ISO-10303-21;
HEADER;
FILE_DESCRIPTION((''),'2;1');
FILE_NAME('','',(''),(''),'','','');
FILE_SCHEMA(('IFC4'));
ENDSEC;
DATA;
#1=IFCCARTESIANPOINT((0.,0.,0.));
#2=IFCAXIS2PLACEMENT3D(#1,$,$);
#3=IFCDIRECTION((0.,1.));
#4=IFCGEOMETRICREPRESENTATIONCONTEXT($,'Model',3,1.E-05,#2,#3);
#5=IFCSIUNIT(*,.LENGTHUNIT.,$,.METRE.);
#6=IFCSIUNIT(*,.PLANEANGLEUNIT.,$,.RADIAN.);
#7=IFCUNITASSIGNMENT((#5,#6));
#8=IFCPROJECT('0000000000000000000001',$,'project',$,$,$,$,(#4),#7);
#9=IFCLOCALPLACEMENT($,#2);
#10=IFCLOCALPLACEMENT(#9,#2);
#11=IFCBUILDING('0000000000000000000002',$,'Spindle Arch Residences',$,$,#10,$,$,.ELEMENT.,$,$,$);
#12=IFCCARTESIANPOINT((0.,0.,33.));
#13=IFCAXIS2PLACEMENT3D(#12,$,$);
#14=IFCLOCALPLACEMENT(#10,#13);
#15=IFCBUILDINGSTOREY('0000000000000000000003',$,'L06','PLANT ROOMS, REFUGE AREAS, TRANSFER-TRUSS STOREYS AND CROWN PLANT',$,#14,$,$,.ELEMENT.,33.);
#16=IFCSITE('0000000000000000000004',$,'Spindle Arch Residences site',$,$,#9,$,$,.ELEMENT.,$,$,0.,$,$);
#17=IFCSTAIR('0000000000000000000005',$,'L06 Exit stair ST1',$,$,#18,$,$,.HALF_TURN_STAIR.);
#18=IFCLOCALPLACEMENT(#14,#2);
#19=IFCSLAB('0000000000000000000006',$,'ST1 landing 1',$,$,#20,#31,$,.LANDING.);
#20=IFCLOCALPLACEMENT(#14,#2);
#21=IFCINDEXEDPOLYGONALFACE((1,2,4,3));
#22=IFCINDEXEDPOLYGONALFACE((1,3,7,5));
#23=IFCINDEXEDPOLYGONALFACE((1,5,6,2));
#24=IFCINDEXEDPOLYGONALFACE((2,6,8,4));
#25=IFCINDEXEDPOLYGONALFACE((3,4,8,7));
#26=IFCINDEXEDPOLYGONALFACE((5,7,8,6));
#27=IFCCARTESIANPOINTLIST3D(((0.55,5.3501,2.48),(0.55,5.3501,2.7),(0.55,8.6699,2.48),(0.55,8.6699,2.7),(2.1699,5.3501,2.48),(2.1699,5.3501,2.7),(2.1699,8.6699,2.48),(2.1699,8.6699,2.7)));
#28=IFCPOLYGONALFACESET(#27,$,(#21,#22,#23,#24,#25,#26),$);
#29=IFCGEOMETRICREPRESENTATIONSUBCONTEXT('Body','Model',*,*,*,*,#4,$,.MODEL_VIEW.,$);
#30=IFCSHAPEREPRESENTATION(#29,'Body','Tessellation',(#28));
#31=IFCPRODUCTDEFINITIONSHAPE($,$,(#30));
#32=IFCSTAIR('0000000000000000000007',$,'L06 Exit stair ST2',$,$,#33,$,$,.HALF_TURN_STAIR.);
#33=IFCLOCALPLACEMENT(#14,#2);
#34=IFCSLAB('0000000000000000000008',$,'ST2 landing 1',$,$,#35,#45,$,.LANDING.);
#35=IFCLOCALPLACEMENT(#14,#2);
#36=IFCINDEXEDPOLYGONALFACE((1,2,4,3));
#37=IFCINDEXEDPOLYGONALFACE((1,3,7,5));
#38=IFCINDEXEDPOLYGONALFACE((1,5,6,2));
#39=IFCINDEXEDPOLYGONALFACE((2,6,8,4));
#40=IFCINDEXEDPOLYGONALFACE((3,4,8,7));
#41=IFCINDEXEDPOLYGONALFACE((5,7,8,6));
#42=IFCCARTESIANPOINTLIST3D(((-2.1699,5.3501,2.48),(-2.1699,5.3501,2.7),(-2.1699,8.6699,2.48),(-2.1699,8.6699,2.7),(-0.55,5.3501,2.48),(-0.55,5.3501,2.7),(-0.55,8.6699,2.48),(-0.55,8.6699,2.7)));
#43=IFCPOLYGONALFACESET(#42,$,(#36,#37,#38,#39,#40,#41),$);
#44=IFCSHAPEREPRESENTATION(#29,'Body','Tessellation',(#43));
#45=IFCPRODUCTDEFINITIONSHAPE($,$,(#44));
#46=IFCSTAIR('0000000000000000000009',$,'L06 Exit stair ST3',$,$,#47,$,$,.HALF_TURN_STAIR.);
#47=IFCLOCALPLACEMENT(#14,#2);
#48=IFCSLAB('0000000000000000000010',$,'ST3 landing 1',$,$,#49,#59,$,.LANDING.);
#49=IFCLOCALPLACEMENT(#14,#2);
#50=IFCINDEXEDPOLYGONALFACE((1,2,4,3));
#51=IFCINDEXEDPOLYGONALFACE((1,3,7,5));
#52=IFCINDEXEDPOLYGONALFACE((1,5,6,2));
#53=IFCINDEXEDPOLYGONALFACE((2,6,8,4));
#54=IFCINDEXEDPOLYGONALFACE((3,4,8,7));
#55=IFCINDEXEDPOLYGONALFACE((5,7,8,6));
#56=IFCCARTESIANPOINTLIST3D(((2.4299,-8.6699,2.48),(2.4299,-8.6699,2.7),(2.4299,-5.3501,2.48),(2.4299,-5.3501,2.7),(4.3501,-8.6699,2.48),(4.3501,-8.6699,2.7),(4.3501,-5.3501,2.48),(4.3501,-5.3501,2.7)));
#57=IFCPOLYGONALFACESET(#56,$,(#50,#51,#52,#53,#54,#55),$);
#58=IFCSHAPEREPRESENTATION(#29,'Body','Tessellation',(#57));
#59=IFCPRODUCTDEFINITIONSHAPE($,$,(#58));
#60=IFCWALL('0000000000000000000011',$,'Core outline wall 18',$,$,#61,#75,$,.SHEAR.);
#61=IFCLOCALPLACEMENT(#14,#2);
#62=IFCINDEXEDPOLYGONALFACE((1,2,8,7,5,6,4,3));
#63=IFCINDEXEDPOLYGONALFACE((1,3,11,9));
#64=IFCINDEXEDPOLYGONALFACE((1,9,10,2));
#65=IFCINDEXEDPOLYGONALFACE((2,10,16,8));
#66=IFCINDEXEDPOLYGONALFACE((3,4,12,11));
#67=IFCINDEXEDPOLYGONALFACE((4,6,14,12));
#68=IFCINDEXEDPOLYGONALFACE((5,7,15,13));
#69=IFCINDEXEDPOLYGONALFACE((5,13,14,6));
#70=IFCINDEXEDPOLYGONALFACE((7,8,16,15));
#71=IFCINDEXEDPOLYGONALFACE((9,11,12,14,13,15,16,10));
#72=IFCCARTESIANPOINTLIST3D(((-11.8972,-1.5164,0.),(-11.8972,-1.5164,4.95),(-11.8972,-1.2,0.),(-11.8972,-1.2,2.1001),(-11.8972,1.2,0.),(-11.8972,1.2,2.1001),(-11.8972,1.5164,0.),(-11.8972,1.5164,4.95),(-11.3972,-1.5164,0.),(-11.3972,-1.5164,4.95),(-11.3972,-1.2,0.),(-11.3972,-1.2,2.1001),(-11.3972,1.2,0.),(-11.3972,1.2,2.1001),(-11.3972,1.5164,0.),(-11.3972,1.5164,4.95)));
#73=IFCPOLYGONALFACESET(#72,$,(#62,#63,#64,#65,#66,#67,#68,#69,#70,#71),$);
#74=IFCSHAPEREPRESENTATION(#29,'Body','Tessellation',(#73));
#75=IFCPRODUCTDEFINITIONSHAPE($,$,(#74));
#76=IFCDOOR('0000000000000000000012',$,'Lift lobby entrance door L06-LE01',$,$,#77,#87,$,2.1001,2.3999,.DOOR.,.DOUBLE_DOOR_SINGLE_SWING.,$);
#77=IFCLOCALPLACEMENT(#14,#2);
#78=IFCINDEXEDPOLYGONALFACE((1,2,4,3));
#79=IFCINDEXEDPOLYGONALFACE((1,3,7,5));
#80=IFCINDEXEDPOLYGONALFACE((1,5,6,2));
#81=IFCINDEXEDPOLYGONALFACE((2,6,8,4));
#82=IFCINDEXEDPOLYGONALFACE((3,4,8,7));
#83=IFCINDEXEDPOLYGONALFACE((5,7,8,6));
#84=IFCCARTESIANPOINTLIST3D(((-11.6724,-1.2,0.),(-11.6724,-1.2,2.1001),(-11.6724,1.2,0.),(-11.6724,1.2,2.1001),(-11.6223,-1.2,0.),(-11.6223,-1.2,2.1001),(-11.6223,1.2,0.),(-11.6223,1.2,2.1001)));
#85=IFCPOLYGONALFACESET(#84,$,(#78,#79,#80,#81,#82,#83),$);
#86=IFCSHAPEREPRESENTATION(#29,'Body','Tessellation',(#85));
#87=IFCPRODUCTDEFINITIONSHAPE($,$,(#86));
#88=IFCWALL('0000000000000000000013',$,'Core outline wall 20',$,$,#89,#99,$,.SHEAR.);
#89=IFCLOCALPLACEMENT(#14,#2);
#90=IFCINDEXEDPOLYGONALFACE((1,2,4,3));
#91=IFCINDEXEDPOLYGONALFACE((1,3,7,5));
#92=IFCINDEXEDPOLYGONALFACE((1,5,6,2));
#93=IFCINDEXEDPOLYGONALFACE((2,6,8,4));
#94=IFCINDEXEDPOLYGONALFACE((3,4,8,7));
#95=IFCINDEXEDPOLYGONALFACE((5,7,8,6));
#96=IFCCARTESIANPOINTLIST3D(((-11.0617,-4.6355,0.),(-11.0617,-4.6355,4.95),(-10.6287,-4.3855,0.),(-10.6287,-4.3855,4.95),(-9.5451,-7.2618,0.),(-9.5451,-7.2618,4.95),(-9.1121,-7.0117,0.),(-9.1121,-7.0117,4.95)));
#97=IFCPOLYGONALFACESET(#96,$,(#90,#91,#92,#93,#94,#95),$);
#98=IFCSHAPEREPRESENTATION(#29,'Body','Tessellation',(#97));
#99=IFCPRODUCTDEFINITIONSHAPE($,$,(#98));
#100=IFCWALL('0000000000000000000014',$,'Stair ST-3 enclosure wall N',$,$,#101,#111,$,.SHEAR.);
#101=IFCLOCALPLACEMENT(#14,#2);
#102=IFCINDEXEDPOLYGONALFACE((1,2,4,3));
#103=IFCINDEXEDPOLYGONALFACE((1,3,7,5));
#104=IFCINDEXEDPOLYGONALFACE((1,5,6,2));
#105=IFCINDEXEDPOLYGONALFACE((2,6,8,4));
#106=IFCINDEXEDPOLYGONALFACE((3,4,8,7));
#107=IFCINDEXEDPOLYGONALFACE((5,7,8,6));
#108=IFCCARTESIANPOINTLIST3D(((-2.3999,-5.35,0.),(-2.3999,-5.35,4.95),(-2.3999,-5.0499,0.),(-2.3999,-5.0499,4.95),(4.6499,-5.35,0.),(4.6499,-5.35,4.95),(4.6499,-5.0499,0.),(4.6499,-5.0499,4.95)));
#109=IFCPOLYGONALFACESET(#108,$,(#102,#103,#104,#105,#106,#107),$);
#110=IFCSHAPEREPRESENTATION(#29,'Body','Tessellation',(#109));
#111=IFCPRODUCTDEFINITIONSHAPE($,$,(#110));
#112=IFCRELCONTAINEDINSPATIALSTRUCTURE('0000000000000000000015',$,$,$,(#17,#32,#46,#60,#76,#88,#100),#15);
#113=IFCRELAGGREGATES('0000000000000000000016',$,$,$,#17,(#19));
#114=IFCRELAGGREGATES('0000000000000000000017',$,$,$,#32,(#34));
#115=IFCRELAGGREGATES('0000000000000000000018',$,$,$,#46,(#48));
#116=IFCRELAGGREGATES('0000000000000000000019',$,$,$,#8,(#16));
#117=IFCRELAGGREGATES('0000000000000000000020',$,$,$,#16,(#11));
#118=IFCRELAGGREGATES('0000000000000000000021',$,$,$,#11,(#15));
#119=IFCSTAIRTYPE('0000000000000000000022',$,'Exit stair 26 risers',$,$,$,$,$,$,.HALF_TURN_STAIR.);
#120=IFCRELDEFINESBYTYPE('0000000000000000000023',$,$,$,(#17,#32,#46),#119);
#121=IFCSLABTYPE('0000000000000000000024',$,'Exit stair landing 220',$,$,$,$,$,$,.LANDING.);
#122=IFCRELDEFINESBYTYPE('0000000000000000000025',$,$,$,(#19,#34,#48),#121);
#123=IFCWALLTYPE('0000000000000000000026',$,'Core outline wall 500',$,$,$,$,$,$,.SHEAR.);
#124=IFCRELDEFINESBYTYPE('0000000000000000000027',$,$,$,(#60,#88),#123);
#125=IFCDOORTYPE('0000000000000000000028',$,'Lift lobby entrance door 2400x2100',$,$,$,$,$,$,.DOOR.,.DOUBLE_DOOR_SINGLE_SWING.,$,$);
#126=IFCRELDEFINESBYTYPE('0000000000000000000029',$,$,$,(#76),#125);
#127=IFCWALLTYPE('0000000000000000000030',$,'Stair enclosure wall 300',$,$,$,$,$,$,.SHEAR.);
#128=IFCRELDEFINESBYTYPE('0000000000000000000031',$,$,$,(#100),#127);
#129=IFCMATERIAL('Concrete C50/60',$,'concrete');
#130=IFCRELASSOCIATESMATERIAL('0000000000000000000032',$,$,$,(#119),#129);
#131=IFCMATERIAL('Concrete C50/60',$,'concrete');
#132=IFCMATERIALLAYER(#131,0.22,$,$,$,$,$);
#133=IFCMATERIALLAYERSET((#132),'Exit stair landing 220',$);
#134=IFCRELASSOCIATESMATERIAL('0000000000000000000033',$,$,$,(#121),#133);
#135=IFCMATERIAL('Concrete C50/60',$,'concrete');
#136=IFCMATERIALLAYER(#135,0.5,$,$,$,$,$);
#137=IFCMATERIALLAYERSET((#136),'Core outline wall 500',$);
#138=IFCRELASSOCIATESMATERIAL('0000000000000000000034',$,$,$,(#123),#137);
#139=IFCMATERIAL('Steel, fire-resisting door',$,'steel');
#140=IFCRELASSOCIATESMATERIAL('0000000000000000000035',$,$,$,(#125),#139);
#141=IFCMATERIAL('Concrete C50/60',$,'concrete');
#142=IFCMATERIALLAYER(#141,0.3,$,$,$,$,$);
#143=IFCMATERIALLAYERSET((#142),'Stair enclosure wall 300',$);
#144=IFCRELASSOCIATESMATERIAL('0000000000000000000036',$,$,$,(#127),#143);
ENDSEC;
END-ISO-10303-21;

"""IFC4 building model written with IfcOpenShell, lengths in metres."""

from ifc_helpers import new_model, si_unit, direction, frame, frame_2d, origin, place, context, subcontext, project, spatial, polyline, rectangle, outline, extrude, material, layer, layer_set, type_object, element, fill, aggregate, save


model = new_model("IFC4")

# Units and contexts
model_context = context("Model", 3, precision=1e-05, world=origin(), true_north=direction((0.0, 1.0)))
body_context = subcontext(model_context, "Body", "Model", "MODEL_VIEW")
ifc_project = project(units=[si_unit("LENGTHUNIT", "METRE"), si_unit("PLANEANGLEUNIT", "RADIAN")], contexts=[model_context])

# Site, building, storey
site_placement = place(None, origin())
site = spatial("IfcSite", under=ifc_project, at=site_placement, Name="Spindle Arch Residences site", CompositionType="ELEMENT", RefElevation=0.0)
building_placement = place(site_placement, origin())
building = spatial("IfcBuilding", under=site, at=building_placement, Name="Spindle Arch Residences", CompositionType="ELEMENT")
storey_placement = place(building_placement, frame((0.0, 0.0, 33.0)))
storey = spatial("IfcBuildingStorey", under=building, at=storey_placement, Name="L06", Description="PLANT ROOMS, REFUGE AREAS, TRANSFER-TRUSS STOREYS AND CROWN PLANT", CompositionType="ELEMENT", Elevation=33.0)

# Stairs, slabs
ifc_material_1 = material(Name="Concrete C50/60", Category="concrete")
stair_type = type_object("IfcStairType", Name="Exit stair 26 risers", PredefinedType="HALF_TURN_STAIR", material=ifc_material_1)
stair_1_placement = place(storey_placement, origin())
stair_1 = element("IfcStair", 1, at=stair_1_placement, inside=storey, type_object=stair_type, Name="L06 Exit stair ST1", PredefinedType="HALF_TURN_STAIR")
ifc_material_2 = material(Name="Concrete C50/60", Category="concrete")
ifc_layer_1 = layer(ifc_material_2, 0.22)
ifc_layer_set_1 = layer_set([ifc_layer_1], Name="Exit stair landing 220")
slab_type_1 = type_object("IfcSlabType", Name="Exit stair landing 220", PredefinedType="LANDING", material=ifc_layer_set_1)
slab_1_placement = place(storey_placement, frame((0.0, 0.0, 2.48)))
slab_1 = element("IfcSlab", 2, at=slab_1_placement, type_object=slab_type_1, Name="ST1 landing 1", PredefinedType="LANDING", context=body_context, shape_type="SweptSolid", body=[
    extrude(outline(polyline([(2.1699, 8.6699), (0.55, 8.6699), (0.55, 5.3501), (2.1699, 5.3501), (2.1699, 8.6699)])), origin(), (0.0, 0.0, 1.0), 0.22),
])
aggregate(stair_1, [slab_1])
stair_2_placement = place(storey_placement, origin())
stair_2 = element("IfcStair", 3, at=stair_2_placement, inside=storey, type_object=stair_type, Name="L06 Exit stair ST2", PredefinedType="HALF_TURN_STAIR")
slab_2_placement = place(storey_placement, frame((0.0, 0.0, 2.48)))
slab_2 = element("IfcSlab", 4, at=slab_2_placement, type_object=slab_type_1, Name="ST2 landing 1", PredefinedType="LANDING", context=body_context, shape_type="SweptSolid", body=[
    extrude(outline(polyline([(-2.1699, 5.3501), (-0.55, 5.3501), (-0.55, 8.6699), (-2.1699, 8.6699), (-2.1699, 5.3501)])), origin(), (0.0, 0.0, 1.0), 0.22),
])
aggregate(stair_2, [slab_2])
stair_3_placement = place(storey_placement, origin())
stair_3 = element("IfcStair", 5, at=stair_3_placement, inside=storey, type_object=stair_type, Name="L06 Exit stair ST3", PredefinedType="HALF_TURN_STAIR")
slab_3_placement = place(storey_placement, frame((0.0, 0.0, 2.48)))
slab_3 = element("IfcSlab", 6, at=slab_3_placement, type_object=slab_type_1, Name="ST3 landing 1", PredefinedType="LANDING", context=body_context, shape_type="SweptSolid", body=[
    extrude(outline(polyline([(2.4299, -8.6699), (4.3501, -8.6699), (4.3501, -5.3501), (2.4299, -5.3501), (2.4299, -8.6699)])), origin(), (0.0, 0.0, 1.0), 0.22),
])
aggregate(stair_3, [slab_3])

# Wall, opening, door
ifc_material_3 = material(Name="Concrete C50/60", Category="concrete")
ifc_layer_2 = layer(ifc_material_3, 0.5)
ifc_layer_set_2 = layer_set([ifc_layer_2], Name="Core outline wall 500")
wall_type_1 = type_object("IfcWallType", Name="Core outline wall 500", PredefinedType="SHEAR", material=ifc_layer_set_2)
wall_1_placement = place(storey_placement, frame((-11.6472, 1.5164, 0.0), z_axis=(0.0, 0.0, 1.0), x_axis=(0.0, -1.0, 0.0)))
wall_1 = element("IfcWall", 7, at=wall_1_placement, inside=storey, type_object=wall_type_1, Name="Core outline wall 18", PredefinedType="SHEAR", context=body_context, shape_type="SweptSolid", body=[
    extrude(rectangle(XDim=3.0327, YDim=0.5, at=frame_2d((1.5164, 0.0))), origin(), (0.0, 0.0, 1.0), 4.95),
])
opening_1_placement = place(wall_1_placement, frame((0.3164, 0.0, 0.0)))
opening_1 = element("IfcOpeningElement", 8, at=opening_1_placement, cuts=wall_1, PredefinedType="OPENING", context=body_context, shape_type="SweptSolid", body=[
    extrude(rectangle(XDim=2.3999, YDim=2.1001, at=frame_2d((1.2, 1.05))), frame((0.0, 0.26, 0.0), z_axis=(0.0, -1.0, 0.0), x_axis=(1.0, 0.0, 0.0)), (0.0, 0.0, 1.0), 0.52),
])
ifc_material_4 = material(Name="Steel, fire-resisting door", Category="steel")
door_type_1 = type_object("IfcDoorType", Name="Lift lobby entrance door 2400x2100", OperationType="DOUBLE_DOOR_SINGLE_SWING", PredefinedType="DOOR", material=ifc_material_4)
door_1_placement = place(opening_1_placement, origin())
door_1 = element("IfcDoor", 9, at=door_1_placement, inside=storey, type_object=door_type_1, Name="Lift lobby entrance door L06-LE01", OperationType="DOUBLE_DOOR_SINGLE_SWING", OverallHeight=2.1001, OverallWidth=2.3999, PredefinedType="DOOR", context=body_context, shape_type="SweptSolid", body=[
    extrude(rectangle(XDim=2.3999, YDim=2.1001, at=frame_2d((1.2, 1.05))), frame((0.0, 0.0249, 0.0), z_axis=(0.0, -1.0, 0.0), x_axis=(1.0, 0.0, 0.0)), (0.0, 0.0, 1.0), 0.05),
])
fill(opening_1, door_1)

# Wall
wall_2_placement = place(storey_placement, frame((-10.8452, -4.5105, 0.0), z_axis=(0.0, 0.0, 1.0), x_axis=(0.500087, -0.865975, 0.0)))
element("IfcWall", 10, at=wall_2_placement, inside=storey, type_object=wall_type_1, Name="Core outline wall 20", PredefinedType="SHEAR", context=body_context, shape_type="SweptSolid", body=[
    extrude(rectangle(XDim=3.0327, YDim=0.5, at=frame_2d((1.5164, 0.0))), origin(), (0.0, 0.0, 1.0), 4.95),
])

# Wall
ifc_material_5 = material(Name="Concrete C50/60", Category="concrete")
ifc_layer_3 = layer(ifc_material_5, 0.3)
ifc_layer_set_3 = layer_set([ifc_layer_3], Name="Stair enclosure wall 300")
wall_type_2 = type_object("IfcWallType", Name="Stair enclosure wall 300", PredefinedType="SHEAR", material=ifc_layer_set_3)
wall_3_placement = place(storey_placement, frame((-2.3999, -5.2, 0.0), z_axis=(0.0, 0.0, 1.0), x_axis=(1.0, 0.0, 0.0)))
element("IfcWall", 11, at=wall_3_placement, inside=storey, type_object=wall_type_2, Name="Stair ST-3 enclosure wall N", PredefinedType="SHEAR", context=body_context, shape_type="SweptSolid", body=[
    extrude(rectangle(XDim=7.0498, YDim=0.3, at=frame_2d((3.5249, 0.0))), origin(), (0.0, 0.0, 1.0), 4.95),
])

save(model, "model.ifc")
